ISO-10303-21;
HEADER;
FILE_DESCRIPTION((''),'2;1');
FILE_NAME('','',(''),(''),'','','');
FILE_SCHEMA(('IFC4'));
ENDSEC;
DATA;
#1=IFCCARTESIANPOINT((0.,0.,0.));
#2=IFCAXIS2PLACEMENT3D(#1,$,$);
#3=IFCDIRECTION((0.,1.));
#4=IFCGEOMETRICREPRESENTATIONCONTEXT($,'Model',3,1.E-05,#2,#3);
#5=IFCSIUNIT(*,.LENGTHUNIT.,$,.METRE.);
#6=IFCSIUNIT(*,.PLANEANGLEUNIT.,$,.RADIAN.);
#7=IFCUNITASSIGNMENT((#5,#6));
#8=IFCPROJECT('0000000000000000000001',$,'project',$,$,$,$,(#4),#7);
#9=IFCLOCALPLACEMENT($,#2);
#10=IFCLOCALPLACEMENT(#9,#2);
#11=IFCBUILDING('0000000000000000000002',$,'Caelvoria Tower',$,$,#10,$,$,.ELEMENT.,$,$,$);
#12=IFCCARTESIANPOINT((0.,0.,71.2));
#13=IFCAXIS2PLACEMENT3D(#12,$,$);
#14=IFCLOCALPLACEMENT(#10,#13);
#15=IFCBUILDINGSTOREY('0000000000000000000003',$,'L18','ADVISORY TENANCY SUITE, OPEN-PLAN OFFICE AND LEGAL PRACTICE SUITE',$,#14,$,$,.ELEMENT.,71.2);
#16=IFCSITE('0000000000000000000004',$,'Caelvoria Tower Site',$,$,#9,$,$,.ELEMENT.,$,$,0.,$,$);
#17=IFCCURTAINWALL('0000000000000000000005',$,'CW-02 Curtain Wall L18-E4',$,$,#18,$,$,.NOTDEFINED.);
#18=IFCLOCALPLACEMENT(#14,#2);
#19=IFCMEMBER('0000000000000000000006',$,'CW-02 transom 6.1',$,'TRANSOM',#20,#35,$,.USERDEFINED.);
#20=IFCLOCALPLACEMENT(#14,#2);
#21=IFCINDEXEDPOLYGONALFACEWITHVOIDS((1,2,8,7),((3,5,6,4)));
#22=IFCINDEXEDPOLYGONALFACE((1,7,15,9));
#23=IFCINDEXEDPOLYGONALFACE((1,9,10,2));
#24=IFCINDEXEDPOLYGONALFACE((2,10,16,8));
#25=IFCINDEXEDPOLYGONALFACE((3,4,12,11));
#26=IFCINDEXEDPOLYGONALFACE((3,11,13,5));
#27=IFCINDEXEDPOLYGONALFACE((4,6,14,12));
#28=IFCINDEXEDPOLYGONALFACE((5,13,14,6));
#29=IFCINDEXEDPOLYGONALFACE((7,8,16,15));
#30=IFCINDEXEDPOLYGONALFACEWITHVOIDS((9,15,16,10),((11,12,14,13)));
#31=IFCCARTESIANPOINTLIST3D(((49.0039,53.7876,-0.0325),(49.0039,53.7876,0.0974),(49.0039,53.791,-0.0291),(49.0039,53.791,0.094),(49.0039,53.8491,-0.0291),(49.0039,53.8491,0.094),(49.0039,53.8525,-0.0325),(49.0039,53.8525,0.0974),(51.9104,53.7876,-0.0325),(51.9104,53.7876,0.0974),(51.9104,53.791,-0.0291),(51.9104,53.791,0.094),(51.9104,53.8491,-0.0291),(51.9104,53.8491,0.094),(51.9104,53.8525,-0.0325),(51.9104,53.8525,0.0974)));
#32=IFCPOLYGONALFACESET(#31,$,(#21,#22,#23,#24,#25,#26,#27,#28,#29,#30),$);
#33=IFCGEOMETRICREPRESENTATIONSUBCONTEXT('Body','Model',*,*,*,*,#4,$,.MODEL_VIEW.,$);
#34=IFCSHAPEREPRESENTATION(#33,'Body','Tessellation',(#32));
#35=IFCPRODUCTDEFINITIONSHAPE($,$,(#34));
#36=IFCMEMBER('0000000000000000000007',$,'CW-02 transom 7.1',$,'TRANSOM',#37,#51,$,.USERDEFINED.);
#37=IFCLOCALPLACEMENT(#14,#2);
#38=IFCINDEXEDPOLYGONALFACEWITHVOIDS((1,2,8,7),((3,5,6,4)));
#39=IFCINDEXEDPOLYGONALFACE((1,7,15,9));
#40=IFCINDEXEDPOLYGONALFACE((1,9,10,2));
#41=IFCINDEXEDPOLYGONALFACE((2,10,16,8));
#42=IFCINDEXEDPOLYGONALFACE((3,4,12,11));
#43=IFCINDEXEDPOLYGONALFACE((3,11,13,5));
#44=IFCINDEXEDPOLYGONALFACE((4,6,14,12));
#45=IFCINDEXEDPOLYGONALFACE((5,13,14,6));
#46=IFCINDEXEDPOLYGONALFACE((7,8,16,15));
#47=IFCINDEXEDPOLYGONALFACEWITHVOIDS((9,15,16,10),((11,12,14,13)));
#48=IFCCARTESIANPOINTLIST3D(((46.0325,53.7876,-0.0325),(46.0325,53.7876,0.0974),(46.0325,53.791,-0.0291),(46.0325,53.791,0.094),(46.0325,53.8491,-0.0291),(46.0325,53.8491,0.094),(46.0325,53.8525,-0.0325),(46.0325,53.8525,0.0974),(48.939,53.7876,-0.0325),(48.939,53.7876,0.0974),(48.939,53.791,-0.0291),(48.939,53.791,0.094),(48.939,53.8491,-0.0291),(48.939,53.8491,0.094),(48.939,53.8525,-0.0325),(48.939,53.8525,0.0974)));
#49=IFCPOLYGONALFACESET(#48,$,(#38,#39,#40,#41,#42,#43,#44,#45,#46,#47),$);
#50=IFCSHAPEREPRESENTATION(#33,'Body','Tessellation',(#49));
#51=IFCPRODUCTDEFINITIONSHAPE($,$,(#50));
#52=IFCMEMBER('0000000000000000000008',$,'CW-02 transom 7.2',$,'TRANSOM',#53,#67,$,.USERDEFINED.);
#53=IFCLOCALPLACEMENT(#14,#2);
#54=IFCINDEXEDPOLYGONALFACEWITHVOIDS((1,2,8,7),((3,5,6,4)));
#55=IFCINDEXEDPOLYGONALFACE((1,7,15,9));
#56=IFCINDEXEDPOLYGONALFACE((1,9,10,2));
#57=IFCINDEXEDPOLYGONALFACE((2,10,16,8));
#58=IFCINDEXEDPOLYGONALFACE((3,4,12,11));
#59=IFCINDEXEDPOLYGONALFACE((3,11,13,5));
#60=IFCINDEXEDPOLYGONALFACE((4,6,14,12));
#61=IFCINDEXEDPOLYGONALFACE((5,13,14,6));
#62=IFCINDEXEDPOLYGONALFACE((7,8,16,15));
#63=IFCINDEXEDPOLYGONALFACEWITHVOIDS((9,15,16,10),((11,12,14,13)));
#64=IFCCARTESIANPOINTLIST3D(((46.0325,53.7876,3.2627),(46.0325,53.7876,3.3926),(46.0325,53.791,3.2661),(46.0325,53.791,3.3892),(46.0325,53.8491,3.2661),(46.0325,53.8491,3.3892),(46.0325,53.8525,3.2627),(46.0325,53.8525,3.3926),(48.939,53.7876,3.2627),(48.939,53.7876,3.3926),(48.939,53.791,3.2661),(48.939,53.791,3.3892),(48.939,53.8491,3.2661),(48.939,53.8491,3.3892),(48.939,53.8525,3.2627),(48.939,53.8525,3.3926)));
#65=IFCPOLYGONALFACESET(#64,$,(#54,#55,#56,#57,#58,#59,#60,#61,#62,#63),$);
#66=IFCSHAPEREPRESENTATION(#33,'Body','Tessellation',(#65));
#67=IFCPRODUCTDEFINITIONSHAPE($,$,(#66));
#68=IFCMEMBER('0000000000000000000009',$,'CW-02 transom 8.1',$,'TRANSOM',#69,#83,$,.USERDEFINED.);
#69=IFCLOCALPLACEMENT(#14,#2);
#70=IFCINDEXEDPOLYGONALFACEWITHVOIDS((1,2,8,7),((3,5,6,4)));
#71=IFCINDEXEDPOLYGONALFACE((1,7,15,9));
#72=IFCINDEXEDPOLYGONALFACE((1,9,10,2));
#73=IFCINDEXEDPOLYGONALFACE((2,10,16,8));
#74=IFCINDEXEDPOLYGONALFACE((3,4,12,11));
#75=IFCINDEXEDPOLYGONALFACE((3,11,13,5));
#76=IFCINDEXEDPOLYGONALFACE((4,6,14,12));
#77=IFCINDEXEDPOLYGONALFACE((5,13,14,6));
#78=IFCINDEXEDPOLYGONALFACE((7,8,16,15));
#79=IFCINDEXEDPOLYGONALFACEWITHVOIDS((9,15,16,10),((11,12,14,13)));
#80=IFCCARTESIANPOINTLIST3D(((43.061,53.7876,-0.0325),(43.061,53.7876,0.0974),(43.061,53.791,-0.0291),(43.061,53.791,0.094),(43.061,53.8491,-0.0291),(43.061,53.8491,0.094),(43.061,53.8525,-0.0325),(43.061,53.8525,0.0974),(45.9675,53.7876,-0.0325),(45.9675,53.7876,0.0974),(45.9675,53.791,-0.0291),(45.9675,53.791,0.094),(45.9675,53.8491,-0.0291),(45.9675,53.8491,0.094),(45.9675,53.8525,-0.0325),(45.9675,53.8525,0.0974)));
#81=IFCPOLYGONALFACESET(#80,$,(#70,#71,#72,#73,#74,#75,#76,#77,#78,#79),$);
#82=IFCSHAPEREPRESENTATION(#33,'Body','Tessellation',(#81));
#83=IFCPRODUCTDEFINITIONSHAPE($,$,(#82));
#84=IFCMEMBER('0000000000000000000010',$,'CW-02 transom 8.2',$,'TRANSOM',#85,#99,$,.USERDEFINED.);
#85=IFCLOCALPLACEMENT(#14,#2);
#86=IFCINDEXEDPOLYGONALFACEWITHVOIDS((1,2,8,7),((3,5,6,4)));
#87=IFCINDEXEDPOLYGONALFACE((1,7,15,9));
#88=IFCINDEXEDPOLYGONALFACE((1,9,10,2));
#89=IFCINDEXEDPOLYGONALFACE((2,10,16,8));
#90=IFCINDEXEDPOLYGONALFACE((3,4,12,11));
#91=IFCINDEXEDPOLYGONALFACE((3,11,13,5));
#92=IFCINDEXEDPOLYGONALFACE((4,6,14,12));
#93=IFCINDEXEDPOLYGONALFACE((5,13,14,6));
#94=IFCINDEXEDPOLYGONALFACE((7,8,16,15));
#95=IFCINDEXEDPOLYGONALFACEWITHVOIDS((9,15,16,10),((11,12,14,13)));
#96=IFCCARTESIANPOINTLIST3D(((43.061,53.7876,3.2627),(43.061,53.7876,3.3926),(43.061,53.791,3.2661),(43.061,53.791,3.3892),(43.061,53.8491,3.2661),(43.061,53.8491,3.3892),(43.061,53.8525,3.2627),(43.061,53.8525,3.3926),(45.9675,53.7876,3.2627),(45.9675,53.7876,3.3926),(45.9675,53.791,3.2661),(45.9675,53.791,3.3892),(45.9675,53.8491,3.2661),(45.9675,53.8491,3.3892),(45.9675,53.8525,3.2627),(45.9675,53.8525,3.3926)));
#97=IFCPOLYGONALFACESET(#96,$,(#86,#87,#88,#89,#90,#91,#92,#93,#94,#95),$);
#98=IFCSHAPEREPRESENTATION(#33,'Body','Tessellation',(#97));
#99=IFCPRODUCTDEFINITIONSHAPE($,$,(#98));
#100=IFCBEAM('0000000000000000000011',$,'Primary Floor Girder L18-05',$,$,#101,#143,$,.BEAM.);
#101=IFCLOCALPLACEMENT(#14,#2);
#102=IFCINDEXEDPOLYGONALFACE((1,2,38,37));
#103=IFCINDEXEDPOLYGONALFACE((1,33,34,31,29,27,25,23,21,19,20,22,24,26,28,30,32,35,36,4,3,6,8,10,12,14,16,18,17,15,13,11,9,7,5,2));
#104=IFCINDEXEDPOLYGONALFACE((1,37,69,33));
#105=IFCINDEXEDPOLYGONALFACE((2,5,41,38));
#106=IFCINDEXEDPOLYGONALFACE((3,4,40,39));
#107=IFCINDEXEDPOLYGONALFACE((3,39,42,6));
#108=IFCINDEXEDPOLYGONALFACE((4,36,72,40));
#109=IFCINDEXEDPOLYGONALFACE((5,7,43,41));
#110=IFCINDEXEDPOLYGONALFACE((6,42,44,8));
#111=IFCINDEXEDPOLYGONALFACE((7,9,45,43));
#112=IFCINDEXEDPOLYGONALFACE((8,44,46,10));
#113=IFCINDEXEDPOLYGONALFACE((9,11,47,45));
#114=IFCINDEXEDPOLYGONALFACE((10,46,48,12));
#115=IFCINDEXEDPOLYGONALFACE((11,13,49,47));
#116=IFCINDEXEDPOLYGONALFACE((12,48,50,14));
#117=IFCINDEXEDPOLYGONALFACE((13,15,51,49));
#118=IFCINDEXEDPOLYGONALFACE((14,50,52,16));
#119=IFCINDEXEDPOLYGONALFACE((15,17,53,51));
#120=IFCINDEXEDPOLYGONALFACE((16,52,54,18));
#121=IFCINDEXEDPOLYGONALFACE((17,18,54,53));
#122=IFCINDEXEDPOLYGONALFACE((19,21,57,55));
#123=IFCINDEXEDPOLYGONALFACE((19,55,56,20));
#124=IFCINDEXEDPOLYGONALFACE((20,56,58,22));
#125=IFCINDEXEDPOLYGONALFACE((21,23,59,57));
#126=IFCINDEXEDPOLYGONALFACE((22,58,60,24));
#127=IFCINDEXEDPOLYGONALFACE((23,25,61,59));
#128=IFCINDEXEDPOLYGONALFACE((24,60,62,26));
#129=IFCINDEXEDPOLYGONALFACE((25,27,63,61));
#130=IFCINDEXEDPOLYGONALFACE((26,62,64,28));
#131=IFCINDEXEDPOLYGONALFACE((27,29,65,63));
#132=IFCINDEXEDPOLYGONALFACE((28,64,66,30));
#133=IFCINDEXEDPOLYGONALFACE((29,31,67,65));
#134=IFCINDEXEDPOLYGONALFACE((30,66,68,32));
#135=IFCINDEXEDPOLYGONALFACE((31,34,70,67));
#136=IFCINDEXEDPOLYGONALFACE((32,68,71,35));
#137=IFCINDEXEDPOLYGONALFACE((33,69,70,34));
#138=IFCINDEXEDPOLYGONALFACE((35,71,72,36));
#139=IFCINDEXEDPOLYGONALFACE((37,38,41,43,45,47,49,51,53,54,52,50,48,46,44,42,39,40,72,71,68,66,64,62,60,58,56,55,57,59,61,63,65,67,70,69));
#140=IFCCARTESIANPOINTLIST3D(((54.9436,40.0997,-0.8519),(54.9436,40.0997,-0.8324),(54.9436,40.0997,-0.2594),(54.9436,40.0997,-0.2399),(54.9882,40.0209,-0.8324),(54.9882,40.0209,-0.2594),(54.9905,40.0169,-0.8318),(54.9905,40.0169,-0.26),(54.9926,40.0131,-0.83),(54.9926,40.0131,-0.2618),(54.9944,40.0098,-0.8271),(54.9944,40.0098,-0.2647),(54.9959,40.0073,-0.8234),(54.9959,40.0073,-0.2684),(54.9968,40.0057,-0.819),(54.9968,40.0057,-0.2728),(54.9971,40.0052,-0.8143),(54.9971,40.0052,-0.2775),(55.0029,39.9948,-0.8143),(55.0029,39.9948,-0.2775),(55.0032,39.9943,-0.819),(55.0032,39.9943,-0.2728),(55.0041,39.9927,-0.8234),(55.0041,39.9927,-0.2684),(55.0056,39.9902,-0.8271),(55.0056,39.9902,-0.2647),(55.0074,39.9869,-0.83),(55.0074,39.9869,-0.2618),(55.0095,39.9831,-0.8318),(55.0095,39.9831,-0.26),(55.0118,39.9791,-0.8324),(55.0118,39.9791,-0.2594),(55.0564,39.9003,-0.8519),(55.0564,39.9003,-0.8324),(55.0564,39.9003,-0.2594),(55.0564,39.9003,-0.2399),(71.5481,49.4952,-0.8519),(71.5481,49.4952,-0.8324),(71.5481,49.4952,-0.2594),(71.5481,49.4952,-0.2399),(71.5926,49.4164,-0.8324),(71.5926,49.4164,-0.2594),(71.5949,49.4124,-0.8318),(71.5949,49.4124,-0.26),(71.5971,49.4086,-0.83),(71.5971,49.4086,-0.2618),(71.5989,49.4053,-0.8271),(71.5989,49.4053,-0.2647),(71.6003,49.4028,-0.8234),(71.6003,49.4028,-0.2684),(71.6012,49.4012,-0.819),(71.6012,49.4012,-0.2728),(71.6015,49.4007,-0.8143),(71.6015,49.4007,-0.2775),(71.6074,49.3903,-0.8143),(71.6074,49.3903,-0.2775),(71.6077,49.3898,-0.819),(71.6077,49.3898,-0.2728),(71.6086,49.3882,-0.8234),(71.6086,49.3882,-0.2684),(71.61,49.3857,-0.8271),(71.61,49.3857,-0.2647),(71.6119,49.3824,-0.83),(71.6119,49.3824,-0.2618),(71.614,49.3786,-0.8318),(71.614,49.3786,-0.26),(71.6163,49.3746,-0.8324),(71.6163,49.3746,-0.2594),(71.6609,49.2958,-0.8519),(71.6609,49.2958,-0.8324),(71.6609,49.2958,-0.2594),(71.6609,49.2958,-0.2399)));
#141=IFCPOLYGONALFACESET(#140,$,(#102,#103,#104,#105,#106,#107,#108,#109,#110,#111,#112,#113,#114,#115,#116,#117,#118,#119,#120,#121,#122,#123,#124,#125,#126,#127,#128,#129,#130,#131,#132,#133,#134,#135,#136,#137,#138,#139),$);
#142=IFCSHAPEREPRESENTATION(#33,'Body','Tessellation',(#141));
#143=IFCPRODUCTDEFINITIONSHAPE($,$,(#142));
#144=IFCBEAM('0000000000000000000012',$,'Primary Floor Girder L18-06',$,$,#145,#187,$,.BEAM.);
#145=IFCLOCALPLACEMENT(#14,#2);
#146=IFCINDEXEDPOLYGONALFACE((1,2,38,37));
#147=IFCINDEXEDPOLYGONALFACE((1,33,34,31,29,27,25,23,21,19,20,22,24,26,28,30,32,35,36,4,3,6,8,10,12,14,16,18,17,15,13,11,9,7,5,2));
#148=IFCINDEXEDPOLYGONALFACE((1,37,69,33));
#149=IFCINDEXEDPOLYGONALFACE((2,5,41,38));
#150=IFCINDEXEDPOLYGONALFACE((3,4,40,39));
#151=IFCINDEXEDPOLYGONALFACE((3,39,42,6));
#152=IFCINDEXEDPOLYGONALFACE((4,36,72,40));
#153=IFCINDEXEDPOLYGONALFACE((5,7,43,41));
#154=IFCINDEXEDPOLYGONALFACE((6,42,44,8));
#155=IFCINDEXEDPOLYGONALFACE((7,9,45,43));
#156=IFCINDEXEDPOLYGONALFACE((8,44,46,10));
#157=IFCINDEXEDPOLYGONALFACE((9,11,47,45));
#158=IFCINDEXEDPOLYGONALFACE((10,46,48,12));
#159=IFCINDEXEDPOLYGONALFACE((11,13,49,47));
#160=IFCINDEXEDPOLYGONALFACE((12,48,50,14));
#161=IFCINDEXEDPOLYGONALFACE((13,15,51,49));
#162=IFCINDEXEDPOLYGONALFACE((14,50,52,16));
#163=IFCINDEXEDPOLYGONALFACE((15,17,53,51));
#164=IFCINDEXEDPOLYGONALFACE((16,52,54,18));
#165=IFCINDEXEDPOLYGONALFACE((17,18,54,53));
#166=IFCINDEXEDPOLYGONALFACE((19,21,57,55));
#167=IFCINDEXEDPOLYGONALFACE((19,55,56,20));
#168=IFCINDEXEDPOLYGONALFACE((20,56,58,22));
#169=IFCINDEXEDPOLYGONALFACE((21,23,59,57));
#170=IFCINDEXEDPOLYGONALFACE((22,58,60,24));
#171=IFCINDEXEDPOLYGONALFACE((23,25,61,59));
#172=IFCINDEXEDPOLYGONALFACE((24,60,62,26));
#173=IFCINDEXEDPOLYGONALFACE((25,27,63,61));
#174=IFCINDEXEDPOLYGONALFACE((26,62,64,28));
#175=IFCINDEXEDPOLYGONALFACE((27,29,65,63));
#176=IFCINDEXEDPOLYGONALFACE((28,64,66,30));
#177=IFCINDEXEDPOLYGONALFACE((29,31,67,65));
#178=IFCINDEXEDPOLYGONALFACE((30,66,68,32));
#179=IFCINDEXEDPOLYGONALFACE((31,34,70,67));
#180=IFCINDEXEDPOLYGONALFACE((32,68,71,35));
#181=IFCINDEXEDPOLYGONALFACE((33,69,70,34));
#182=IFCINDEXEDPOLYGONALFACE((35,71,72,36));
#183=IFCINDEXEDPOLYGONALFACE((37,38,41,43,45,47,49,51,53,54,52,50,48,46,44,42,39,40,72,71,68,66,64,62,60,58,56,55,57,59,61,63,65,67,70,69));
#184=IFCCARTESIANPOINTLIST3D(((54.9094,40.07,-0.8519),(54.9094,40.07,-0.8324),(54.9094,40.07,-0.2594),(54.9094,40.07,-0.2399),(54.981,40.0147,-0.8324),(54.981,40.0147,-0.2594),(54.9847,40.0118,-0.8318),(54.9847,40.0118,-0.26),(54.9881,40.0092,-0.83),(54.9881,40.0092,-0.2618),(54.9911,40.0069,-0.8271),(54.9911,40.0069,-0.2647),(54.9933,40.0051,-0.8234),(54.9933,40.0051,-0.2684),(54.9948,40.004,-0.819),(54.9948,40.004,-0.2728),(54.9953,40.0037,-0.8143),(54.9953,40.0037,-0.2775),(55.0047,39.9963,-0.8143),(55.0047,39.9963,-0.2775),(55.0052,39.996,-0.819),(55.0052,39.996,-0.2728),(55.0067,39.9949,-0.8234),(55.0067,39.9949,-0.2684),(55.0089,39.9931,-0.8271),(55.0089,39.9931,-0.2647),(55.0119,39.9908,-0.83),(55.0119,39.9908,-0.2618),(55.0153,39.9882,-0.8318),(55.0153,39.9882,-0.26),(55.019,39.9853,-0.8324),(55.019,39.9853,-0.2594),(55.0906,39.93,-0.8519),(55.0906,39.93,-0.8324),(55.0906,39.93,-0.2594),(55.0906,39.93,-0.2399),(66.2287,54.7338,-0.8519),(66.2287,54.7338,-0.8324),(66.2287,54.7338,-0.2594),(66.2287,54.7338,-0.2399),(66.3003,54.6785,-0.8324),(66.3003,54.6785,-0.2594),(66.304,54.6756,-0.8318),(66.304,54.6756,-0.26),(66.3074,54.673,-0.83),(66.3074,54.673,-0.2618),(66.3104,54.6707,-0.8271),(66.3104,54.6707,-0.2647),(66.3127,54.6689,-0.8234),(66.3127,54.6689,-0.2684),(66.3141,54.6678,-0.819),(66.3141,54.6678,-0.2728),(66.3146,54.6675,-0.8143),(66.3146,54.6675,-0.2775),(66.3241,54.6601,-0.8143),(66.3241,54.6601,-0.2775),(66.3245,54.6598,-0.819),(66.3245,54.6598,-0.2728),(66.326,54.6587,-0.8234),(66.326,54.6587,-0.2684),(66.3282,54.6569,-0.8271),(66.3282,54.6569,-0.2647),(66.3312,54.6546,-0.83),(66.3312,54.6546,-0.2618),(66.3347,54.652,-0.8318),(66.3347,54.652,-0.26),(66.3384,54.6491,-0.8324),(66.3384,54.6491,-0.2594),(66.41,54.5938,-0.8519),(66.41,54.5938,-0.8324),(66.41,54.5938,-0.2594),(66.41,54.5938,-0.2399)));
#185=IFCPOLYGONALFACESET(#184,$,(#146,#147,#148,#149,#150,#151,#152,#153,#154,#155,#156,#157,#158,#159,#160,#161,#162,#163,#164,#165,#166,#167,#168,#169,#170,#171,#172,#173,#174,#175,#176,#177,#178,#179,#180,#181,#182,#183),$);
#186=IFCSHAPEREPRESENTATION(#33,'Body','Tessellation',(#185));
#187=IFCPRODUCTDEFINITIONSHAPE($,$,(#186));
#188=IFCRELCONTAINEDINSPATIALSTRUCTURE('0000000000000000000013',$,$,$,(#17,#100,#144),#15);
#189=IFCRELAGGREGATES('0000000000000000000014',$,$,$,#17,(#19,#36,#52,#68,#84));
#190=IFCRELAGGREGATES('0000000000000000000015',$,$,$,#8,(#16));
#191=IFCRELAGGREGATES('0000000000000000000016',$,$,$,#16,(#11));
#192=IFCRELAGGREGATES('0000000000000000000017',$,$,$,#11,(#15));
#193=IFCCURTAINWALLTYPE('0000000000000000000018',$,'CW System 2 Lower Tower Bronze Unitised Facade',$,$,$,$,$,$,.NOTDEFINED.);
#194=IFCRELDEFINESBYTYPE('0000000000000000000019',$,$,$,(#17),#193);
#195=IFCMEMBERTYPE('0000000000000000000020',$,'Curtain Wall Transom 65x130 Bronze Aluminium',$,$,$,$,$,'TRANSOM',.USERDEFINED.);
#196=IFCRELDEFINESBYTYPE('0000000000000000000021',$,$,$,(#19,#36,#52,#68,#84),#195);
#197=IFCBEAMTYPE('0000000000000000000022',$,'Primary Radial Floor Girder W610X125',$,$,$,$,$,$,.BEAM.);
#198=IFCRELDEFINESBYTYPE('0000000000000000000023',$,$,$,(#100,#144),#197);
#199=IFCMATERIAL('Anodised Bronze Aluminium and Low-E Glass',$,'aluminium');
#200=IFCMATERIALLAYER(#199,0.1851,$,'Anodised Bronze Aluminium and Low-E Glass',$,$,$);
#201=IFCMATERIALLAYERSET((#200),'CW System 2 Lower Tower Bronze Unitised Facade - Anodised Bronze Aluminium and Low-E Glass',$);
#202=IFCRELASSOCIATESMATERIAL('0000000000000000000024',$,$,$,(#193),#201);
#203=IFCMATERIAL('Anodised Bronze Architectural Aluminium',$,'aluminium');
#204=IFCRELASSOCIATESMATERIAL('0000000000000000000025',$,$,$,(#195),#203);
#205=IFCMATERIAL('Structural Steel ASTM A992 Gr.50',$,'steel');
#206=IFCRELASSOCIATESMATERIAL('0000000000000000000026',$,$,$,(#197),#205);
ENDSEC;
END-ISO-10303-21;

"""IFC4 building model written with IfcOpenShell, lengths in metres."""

from ifc_helpers import new_model, si_unit, direction, frame, origin, origin_2d, place, context, subcontext, project, spatial, hollow_rectangle, i_section, extrude, material, layer, layer_set, material_profile, profile_set, type_object, element, aggregate, save


model = new_model("IFC4")

# Units and contexts
model_context = context("Model", 3, precision=1e-05, world=origin(), true_north=direction((0.0, 1.0)))
body_context = subcontext(model_context, "Body", "Model", "MODEL_VIEW")
ifc_project = project(units=[si_unit("LENGTHUNIT", "METRE"), si_unit("PLANEANGLEUNIT", "RADIAN")], contexts=[model_context])

# Site, building, storey
site_placement = place(None, origin())
site = spatial("IfcSite", under=ifc_project, at=site_placement, Name="Caelvoria Tower Site", CompositionType="ELEMENT", RefElevation=0.0)
building_placement = place(site_placement, origin())
building = spatial("IfcBuilding", under=site, at=building_placement, Name="Caelvoria Tower", CompositionType="ELEMENT")
storey_placement = place(building_placement, frame((0.0, 0.0, 71.2)))
storey = spatial("IfcBuildingStorey", under=building, at=storey_placement, Name="L18", Description="ADVISORY TENANCY SUITE, OPEN-PLAN OFFICE AND LEGAL PRACTICE SUITE", CompositionType="ELEMENT", Elevation=71.2)

# Shared definitions
ifc_material_1 = material(Name="Structural Steel ASTM A992 Gr.50", Category="steel")

# Curtain wall, members
ifc_material_2 = material(Name="Anodised Bronze Aluminium and Low-E Glass", Category="aluminium")
ifc_layer_1 = layer(ifc_material_2, 0.1851, Name="Anodised Bronze Aluminium and Low-E Glass")
ifc_layer_set_1 = layer_set([ifc_layer_1], Name="CW System 2 Lower Tower Bronze Unitised Facade - Anodised Bronze Aluminium and Low-E Glass")
curtain_wall_type = type_object("IfcCurtainWallType", Name="CW System 2 Lower Tower Bronze Unitised Facade", PredefinedType="NOTDEFINED", material=ifc_layer_set_1)
curtain_wall_placement = place(storey_placement, origin())
curtain_wall = element("IfcCurtainWall", 1, at=curtain_wall_placement, inside=storey, type_object=curtain_wall_type, Name="CW-02 Curtain Wall L18-E4", PredefinedType="NOTDEFINED")
ifc_material_3 = material(Name="Anodised Bronze Architectural Aluminium", Category="aluminium")
ifc_material_profile_1 = material_profile(ifc_material_3, hollow_rectangle(XDim=0.0649, YDim=0.1299, WallThickness=0.0034, at=origin_2d()), Name="Anodised Bronze Architectural Aluminium")
ifc_profile_set_1 = profile_set([ifc_material_profile_1], Name="CW_TRAN_65X130 - Anodised Bronze Architectural Aluminium")
member_type_1 = type_object("IfcMemberType", Name="Curtain Wall Transom 65x130 Bronze Aluminium", ElementType="TRANSOM", PredefinedType="USERDEFINED", material=ifc_profile_set_1)
member_1_placement = place(storey_placement, frame((51.9104, 53.8201, 0.0325), z_axis=(-1.0, 0.0, 0.0), x_axis=(0.0, -1.0, 0.0)))
member_1 = element("IfcMember", 2, at=member_1_placement, type_object=member_type_1, Name="CW-02 transom 6.1", ObjectType="TRANSOM", PredefinedType="USERDEFINED", context=body_context, shape_type="SweptSolid", body=[
    extrude(hollow_rectangle(XDim=0.0649, YDim=0.1299, WallThickness=0.0034, at=origin_2d()), origin(), (0.0, 0.0, 1.0), 2.9065),
])
member_2_placement = place(storey_placement, frame((48.939, 53.8201, 0.0325), z_axis=(-1.0, 0.0, 0.0), x_axis=(0.0, -1.0, 0.0)))
member_2 = element("IfcMember", 3, at=member_2_placement, type_object=member_type_1, Name="CW-02 transom 7.1", ObjectType="TRANSOM", PredefinedType="USERDEFINED", context=body_context, shape_type="SweptSolid", body=[
    extrude(hollow_rectangle(XDim=0.0649, YDim=0.1299, WallThickness=0.0034, at=origin_2d()), origin(), (0.0, 0.0, 1.0), 2.9065),
])
member_3_placement = place(storey_placement, frame((48.939, 53.8201, 3.3276), z_axis=(-1.0, 0.0, 0.0), x_axis=(0.0, -1.0, 0.0)))
member_3 = element("IfcMember", 4, at=member_3_placement, type_object=member_type_1, Name="CW-02 transom 7.2", ObjectType="TRANSOM", PredefinedType="USERDEFINED", context=body_context, shape_type="SweptSolid", body=[
    extrude(hollow_rectangle(XDim=0.0649, YDim=0.1299, WallThickness=0.0034, at=origin_2d()), origin(), (0.0, 0.0, 1.0), 2.9065),
])
member_4_placement = place(storey_placement, frame((45.9675, 53.8201, 0.0325), z_axis=(-1.0, 0.0, 0.0), x_axis=(0.0, -1.0, 0.0)))
member_4 = element("IfcMember", 5, at=member_4_placement, type_object=member_type_1, Name="CW-02 transom 8.1", ObjectType="TRANSOM", PredefinedType="USERDEFINED", context=body_context, shape_type="SweptSolid", body=[
    extrude(hollow_rectangle(XDim=0.0649, YDim=0.1299, WallThickness=0.0034, at=origin_2d()), origin(), (0.0, 0.0, 1.0), 2.9065),
])
member_5_placement = place(storey_placement, frame((45.9675, 53.8201, 3.3276), z_axis=(-1.0, 0.0, 0.0), x_axis=(0.0, -1.0, 0.0)))
member_5 = element("IfcMember", 6, at=member_5_placement, type_object=member_type_1, Name="CW-02 transom 8.2", ObjectType="TRANSOM", PredefinedType="USERDEFINED", context=body_context, shape_type="SweptSolid", body=[
    extrude(hollow_rectangle(XDim=0.0649, YDim=0.1299, WallThickness=0.0034, at=origin_2d()), origin(), (0.0, 0.0, 1.0), 2.9065),
])

# Beams
ifc_material_profile_2 = material_profile(ifc_material_1, i_section(OverallWidth=0.229, OverallDepth=0.6121, WebThickness=0.012, FlangeThickness=0.0195, FilletRadius=0.0181, at=origin_2d()), Name="Structural Steel ASTM A992 Gr.50")
ifc_profile_set_2 = profile_set([ifc_material_profile_2], Name="W610X125 - Structural Steel ASTM A992 Gr.50")
beam_type_1 = type_object("IfcBeamType", Name="Primary Radial Floor Girder W610X125", PredefinedType="BEAM", material=ifc_profile_set_2)
beam_1_placement = place(storey_placement, frame((55.0, 40.0, -0.5459), z_axis=(0.87033, 0.492469, 0.0), x_axis=(-0.492469, 0.87033, 0.0)))
element("IfcBeam", 7, at=beam_1_placement, inside=storey, type_object=beam_type_1, Name="Primary Floor Girder L18-05", PredefinedType="BEAM", context=body_context, shape_type="SweptSolid", body=[
    extrude(i_section(OverallWidth=0.229, OverallDepth=0.6121, WebThickness=0.012, FlangeThickness=0.0195, FilletRadius=0.0181, at=origin_2d()), origin(), (0.0, 0.0, 1.0), 19.0784),
])
beam_2_placement = place(storey_placement, frame((55.0, 40.0, -0.5459), z_axis=(0.611049, 0.791593, 0.0), x_axis=(-0.791593, 0.611049, 0.0)))
element("IfcBeam", 8, at=beam_2_placement, inside=storey, type_object=beam_type_1, Name="Primary Floor Girder L18-06", PredefinedType="BEAM", context=body_context, shape_type="SweptSolid", body=[
    extrude(i_section(OverallWidth=0.229, OverallDepth=0.6121, WebThickness=0.012, FlangeThickness=0.0195, FilletRadius=0.0181, at=origin_2d()), origin(), (0.0, 0.0, 1.0), 18.5244),
])

aggregate(curtain_wall, [member_1, member_2, member_3, member_4, member_5])

save(model, "model.ifc")
